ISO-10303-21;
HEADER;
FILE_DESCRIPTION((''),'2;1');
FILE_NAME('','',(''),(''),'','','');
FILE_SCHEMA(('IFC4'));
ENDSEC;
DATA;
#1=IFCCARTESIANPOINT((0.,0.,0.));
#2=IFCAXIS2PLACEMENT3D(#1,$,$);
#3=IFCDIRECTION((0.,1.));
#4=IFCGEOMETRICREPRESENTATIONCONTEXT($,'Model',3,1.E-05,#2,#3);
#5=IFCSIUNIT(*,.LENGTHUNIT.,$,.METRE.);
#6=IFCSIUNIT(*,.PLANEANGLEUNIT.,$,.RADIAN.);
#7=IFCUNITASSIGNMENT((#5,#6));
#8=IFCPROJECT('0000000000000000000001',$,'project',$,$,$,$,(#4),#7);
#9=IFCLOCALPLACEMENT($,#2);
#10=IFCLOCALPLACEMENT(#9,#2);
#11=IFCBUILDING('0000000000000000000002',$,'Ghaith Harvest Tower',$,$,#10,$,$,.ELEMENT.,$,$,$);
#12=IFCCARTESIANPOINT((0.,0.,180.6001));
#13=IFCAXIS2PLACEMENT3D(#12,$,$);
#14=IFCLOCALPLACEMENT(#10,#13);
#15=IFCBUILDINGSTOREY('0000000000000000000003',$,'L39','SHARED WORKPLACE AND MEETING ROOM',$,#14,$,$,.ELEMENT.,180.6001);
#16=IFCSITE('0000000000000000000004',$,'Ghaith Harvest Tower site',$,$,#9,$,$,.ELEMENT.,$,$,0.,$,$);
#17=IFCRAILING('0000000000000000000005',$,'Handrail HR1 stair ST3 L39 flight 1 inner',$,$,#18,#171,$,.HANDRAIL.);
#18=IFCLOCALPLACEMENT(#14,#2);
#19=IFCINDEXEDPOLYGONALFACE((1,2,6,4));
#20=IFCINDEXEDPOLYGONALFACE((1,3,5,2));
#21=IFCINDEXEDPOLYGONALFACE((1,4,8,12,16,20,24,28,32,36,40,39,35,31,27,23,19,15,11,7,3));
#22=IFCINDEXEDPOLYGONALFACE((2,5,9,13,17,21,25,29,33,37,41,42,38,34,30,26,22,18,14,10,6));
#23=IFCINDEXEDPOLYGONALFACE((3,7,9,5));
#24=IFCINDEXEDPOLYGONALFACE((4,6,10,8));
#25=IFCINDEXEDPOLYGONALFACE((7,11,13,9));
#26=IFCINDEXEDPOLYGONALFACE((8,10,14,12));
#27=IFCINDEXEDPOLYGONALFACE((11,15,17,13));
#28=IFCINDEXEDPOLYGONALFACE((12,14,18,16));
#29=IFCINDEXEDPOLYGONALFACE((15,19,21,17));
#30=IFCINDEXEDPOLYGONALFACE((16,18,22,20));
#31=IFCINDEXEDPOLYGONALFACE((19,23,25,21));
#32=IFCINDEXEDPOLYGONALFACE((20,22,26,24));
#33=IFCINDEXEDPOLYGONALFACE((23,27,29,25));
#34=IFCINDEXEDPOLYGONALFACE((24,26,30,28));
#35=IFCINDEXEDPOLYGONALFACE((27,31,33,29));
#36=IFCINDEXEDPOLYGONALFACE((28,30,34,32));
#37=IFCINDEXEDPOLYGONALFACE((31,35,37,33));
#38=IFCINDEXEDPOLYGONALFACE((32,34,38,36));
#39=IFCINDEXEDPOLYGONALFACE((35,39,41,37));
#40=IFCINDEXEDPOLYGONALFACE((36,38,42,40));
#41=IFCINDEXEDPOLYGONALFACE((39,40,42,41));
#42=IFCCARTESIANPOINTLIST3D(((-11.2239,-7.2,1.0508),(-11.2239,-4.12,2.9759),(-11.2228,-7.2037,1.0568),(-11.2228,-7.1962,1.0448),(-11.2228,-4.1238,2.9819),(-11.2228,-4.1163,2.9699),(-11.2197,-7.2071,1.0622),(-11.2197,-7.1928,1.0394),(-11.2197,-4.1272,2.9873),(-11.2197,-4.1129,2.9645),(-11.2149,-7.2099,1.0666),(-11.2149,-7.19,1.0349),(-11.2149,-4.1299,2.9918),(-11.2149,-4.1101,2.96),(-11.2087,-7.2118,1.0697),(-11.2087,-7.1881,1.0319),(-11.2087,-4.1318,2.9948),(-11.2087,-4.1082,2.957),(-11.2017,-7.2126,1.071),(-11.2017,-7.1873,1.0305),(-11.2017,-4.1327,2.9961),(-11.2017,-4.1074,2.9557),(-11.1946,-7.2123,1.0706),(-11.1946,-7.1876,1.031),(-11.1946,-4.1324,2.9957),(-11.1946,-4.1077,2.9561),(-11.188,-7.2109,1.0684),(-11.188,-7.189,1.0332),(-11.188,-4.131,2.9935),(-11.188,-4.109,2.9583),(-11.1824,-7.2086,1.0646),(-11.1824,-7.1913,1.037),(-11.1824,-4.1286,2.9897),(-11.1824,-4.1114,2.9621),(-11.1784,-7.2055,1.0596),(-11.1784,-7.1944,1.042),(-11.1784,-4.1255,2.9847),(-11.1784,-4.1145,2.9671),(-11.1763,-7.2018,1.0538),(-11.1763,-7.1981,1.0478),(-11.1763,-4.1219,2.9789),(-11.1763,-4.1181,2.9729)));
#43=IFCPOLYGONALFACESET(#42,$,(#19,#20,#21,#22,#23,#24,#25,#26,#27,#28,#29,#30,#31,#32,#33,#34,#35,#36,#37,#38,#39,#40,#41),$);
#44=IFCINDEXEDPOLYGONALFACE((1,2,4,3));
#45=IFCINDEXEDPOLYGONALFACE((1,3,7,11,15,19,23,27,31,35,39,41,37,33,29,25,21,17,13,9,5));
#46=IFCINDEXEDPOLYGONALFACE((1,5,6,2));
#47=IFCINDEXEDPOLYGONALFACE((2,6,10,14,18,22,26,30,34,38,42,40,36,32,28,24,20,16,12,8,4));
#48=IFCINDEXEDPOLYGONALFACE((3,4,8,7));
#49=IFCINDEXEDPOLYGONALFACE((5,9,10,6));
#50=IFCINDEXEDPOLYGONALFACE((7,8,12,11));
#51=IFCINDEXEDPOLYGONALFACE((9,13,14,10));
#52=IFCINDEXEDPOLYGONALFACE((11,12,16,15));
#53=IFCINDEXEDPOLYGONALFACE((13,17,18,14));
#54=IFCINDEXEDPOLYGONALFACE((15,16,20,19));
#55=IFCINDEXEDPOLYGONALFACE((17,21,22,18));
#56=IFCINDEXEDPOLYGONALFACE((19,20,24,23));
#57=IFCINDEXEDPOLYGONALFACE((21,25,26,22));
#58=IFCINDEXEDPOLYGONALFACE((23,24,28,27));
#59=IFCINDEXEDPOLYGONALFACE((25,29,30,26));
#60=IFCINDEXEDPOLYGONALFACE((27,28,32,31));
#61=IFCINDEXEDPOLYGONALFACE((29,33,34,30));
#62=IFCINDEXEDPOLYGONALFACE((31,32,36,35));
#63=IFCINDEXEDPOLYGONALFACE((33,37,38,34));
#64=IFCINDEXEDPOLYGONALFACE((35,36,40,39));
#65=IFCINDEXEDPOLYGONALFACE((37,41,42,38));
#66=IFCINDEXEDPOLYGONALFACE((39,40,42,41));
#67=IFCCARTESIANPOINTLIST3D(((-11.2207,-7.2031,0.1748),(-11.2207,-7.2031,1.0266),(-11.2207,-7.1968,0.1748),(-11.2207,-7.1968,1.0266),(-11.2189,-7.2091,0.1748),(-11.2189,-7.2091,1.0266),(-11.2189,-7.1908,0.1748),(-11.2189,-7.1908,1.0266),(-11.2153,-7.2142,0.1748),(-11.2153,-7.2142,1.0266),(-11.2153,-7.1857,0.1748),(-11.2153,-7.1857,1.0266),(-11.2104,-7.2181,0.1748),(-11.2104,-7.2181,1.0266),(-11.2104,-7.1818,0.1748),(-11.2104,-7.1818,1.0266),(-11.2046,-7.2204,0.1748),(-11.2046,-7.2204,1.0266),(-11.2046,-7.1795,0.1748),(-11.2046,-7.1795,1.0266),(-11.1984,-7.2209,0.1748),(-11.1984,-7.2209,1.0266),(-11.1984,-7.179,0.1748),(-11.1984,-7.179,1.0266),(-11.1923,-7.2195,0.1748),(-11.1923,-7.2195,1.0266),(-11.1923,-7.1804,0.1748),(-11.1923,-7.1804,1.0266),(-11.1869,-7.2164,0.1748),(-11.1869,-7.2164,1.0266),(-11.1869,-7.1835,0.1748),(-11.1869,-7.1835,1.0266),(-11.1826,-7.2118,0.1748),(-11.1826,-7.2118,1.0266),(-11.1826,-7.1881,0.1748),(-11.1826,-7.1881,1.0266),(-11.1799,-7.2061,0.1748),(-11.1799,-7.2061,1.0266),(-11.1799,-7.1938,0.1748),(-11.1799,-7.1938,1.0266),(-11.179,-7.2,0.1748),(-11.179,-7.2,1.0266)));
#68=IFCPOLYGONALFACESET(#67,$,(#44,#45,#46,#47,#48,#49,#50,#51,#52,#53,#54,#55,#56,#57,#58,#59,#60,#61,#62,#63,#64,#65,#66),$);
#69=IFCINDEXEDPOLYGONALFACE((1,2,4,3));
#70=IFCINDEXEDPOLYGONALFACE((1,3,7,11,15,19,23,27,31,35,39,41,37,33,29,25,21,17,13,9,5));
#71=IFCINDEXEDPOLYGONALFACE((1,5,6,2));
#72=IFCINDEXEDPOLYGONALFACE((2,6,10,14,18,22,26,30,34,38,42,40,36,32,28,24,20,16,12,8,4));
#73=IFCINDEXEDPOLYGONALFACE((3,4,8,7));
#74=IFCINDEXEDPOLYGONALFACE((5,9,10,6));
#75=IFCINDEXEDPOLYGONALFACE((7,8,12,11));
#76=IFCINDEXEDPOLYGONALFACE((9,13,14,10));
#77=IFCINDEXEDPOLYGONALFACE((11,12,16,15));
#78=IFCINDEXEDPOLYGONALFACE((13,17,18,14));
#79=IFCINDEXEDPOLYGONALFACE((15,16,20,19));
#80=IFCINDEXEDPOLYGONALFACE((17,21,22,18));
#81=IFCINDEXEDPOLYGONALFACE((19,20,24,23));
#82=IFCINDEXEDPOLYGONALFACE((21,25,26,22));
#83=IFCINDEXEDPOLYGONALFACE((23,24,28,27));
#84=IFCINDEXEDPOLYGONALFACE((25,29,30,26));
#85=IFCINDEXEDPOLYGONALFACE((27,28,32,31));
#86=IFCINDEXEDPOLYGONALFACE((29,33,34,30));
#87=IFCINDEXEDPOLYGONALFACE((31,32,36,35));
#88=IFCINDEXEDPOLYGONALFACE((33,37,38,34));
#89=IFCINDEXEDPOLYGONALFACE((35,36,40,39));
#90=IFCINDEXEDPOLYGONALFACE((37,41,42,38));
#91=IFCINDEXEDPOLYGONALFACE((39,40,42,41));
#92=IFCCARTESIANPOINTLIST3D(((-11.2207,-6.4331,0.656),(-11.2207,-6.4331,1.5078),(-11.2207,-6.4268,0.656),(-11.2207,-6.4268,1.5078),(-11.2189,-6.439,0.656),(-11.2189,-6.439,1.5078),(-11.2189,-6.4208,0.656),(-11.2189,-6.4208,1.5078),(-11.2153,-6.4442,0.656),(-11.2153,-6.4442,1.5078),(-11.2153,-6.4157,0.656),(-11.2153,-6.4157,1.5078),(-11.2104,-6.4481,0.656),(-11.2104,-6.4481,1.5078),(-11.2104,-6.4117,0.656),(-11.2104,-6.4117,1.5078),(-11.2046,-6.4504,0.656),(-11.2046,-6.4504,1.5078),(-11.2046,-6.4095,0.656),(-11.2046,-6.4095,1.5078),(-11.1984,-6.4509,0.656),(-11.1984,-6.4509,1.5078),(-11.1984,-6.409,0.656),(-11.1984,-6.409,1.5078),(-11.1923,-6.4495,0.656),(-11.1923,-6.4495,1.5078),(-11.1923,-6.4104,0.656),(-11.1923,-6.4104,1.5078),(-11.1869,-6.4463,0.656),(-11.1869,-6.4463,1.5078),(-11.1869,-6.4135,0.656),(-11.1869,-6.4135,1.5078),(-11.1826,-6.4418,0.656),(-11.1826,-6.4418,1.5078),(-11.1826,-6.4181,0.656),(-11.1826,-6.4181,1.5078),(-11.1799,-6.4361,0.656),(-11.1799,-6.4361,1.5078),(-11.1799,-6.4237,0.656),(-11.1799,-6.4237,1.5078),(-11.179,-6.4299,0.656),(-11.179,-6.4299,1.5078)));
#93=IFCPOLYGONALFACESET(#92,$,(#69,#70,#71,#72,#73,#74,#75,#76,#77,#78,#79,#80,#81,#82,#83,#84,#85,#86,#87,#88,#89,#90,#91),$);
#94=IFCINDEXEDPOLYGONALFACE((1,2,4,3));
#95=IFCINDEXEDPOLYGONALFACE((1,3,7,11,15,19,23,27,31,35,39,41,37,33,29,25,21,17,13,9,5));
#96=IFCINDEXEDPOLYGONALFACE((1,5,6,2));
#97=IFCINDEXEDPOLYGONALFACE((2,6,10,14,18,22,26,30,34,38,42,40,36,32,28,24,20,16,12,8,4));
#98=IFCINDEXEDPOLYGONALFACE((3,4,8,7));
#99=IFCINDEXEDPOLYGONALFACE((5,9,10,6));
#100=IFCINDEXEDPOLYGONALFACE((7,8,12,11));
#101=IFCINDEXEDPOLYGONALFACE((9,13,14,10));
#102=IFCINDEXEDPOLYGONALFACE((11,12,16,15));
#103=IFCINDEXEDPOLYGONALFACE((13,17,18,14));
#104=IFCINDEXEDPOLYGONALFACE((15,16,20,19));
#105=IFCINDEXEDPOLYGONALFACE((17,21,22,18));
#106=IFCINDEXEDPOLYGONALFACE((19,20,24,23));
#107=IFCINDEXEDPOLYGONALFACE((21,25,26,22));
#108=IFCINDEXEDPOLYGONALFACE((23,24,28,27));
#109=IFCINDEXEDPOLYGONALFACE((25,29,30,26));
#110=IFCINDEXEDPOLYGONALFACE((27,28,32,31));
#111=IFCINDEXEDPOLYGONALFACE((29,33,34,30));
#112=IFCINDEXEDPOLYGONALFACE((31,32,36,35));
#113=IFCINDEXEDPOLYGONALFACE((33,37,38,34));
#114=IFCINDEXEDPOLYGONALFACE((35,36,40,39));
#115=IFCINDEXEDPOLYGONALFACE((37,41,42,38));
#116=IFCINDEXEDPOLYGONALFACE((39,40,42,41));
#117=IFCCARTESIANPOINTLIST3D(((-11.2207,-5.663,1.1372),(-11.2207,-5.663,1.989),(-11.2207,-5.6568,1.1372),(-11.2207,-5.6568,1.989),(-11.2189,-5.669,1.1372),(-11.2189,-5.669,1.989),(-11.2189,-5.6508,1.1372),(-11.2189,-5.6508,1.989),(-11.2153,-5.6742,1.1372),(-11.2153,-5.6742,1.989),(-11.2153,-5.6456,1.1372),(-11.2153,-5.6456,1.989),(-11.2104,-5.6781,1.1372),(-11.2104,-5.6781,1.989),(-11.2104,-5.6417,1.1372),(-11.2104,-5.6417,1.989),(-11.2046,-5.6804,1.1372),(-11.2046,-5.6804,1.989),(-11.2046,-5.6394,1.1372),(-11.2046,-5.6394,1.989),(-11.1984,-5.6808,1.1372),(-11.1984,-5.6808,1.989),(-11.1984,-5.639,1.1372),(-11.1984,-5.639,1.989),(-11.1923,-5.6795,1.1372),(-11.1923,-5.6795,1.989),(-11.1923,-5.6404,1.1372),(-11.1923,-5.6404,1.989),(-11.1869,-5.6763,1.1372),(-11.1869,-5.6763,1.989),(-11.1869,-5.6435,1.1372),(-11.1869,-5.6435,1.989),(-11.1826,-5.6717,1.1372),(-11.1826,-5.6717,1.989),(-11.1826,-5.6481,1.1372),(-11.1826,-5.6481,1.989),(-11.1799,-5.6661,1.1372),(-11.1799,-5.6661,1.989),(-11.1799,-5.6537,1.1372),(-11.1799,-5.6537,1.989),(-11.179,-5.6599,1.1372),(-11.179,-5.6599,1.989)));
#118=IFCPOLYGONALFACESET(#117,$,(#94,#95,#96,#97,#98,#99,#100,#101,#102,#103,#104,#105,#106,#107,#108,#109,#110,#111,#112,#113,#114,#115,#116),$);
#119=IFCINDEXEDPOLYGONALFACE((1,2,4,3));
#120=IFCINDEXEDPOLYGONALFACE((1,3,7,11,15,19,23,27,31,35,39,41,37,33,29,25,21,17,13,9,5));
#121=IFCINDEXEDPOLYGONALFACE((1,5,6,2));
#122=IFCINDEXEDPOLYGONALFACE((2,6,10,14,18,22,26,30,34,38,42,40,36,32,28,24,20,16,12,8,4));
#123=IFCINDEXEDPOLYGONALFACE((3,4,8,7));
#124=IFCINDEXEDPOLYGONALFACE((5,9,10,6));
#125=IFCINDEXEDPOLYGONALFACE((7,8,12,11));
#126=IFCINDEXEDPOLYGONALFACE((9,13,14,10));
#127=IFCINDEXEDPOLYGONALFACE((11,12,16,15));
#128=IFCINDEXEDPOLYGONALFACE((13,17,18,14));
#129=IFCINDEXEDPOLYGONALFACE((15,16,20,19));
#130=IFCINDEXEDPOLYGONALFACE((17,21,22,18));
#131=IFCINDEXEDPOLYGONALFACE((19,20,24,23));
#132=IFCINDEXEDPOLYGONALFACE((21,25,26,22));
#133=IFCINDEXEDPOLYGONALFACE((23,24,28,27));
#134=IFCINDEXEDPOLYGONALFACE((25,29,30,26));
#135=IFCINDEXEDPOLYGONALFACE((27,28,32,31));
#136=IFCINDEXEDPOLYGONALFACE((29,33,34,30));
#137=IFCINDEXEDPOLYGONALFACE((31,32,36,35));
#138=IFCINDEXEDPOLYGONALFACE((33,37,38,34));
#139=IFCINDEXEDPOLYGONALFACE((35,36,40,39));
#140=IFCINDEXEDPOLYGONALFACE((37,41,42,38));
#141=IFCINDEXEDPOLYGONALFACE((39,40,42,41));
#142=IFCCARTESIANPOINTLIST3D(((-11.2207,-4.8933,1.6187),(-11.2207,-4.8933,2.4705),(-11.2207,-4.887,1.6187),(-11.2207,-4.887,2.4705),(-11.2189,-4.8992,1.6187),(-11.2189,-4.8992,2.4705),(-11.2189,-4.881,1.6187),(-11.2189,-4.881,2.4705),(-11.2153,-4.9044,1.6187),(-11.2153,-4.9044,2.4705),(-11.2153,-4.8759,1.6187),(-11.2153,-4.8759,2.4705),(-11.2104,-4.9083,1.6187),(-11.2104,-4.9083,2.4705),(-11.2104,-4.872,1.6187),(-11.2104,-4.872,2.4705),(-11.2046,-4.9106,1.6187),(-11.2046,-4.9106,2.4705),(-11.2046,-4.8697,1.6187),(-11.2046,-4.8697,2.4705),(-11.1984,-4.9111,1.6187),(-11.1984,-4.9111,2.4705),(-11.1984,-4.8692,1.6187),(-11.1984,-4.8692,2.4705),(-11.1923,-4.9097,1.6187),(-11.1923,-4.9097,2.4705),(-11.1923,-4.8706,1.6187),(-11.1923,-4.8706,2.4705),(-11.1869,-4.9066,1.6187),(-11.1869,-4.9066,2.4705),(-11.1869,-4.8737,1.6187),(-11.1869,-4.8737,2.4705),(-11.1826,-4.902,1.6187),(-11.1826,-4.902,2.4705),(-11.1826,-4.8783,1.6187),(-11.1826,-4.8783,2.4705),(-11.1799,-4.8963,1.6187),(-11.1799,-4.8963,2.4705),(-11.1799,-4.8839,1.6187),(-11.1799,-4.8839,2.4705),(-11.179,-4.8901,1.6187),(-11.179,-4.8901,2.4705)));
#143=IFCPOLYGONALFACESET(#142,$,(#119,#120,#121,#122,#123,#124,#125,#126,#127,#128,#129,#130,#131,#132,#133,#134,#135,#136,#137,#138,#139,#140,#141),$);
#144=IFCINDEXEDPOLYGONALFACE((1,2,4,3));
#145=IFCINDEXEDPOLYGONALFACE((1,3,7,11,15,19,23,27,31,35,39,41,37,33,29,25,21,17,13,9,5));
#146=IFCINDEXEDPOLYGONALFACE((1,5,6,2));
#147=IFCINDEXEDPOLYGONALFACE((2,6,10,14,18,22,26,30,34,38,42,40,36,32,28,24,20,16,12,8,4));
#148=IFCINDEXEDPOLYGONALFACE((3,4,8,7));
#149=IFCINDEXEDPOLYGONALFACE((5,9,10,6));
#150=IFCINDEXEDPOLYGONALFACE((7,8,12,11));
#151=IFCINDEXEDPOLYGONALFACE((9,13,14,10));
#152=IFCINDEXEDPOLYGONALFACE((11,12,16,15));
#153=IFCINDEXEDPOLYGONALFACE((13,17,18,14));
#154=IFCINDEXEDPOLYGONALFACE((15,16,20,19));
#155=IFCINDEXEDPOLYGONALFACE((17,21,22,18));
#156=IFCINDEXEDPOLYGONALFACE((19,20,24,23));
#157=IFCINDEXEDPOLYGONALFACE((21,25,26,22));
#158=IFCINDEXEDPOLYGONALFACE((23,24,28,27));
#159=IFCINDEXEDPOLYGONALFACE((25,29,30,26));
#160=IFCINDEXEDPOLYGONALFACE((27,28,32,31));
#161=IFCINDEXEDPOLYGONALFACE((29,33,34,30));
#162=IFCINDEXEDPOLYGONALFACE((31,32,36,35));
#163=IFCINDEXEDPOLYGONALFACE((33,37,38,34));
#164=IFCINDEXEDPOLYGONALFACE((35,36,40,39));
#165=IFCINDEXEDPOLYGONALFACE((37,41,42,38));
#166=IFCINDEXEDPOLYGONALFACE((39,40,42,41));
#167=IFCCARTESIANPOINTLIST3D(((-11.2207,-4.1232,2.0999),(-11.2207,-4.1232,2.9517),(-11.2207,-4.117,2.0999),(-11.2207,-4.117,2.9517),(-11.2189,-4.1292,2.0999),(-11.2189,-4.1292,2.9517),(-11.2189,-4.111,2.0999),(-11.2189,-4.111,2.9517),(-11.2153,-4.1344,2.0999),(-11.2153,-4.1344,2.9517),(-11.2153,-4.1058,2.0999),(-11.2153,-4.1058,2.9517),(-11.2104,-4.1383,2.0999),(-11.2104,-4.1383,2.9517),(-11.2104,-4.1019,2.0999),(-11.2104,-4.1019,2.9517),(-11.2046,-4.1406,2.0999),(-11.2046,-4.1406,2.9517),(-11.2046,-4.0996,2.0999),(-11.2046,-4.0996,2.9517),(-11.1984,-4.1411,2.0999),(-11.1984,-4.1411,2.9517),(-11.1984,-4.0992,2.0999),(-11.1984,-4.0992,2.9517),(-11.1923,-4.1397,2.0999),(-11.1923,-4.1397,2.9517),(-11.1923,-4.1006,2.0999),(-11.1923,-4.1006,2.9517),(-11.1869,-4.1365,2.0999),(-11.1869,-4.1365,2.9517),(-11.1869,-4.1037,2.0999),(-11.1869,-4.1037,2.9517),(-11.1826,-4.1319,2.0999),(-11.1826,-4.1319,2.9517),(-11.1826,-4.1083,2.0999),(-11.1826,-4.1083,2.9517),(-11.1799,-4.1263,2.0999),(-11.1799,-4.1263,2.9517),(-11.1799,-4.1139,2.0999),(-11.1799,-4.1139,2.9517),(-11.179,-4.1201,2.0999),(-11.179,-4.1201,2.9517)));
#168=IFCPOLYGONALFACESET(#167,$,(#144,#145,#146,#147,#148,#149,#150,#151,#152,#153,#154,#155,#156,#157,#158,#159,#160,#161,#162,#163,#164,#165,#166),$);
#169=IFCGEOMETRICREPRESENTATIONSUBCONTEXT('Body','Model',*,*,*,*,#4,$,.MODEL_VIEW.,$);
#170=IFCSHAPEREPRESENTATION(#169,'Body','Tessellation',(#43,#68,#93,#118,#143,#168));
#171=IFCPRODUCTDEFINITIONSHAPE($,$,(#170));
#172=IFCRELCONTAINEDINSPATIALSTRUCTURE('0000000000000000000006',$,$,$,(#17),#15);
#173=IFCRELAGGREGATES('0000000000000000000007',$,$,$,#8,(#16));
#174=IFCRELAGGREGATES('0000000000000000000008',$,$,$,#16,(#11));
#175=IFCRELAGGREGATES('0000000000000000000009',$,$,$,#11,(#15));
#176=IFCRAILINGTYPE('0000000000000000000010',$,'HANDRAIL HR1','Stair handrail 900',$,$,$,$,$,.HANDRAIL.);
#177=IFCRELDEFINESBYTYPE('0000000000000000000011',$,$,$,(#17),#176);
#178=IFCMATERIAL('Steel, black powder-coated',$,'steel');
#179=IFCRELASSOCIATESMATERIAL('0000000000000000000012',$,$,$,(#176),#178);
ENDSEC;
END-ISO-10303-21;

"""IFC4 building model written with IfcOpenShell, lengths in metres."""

from ifc_helpers import new_model, si_unit, direction, frame, origin, origin_2d, place, context, subcontext, project, spatial, circle, extrude, material, type_object, element, save


model = new_model("IFC4")

# Units and contexts
model_context = context("Model", 3, precision=1e-05, world=origin(), true_north=direction((0.0, 1.0)))
body_context = subcontext(model_context, "Body", "Model", "MODEL_VIEW")
ifc_project = project(units=[si_unit("LENGTHUNIT", "METRE"), si_unit("PLANEANGLEUNIT", "RADIAN")], contexts=[model_context])

# Site, building, storey
site_placement = place(None, origin())
site = spatial("IfcSite", under=ifc_project, at=site_placement, Name="Ghaith Harvest Tower site", CompositionType="ELEMENT", RefElevation=0.0)
building_placement = place(site_placement, origin())
building = spatial("IfcBuilding", under=site, at=building_placement, Name="Ghaith Harvest Tower", CompositionType="ELEMENT")
storey_placement = place(building_placement, frame((0.0, 0.0, 180.6001)))
storey = spatial("IfcBuildingStorey", under=building, at=storey_placement, Name="L39", Description="SHARED WORKPLACE AND MEETING ROOM", CompositionType="ELEMENT", Elevation=180.6001)

# Railing
ifc_material_1 = material(Name="Steel, black powder-coated", Category="steel")
railing_type = type_object("IfcRailingType", Name="HANDRAIL HR1", Description="Stair handrail 900", PredefinedType="HANDRAIL", material=ifc_material_1)
railing_1_placement = place(storey_placement, frame((-11.2, -7.2, 0.1748)))
element("IfcRailing", 1, at=railing_1_placement, inside=storey, type_object=railing_type, Name="Handrail HR1 stair ST3 L39 flight 1 inner", PredefinedType="HANDRAIL", context=body_context, shape_type="SweptSolid", body=[
    extrude(circle(Radius=0.0239, at=origin_2d()), frame((0.0, 0.0, 0.876), z_axis=(0.0, 0.847979, 0.530029), x_axis=(-1.0, 0.0, 0.0)), (0.0, 0.0, 1.0), 3.6321),
    extrude(circle(Radius=0.021, at=origin_2d()), origin(), (0.0, 0.0, 1.0), 0.8518),
    extrude(circle(Radius=0.021, at=origin_2d()), frame((0.0, 0.77, 0.4812)), (0.0, 0.0, 1.0), 0.8518),
    extrude(circle(Radius=0.021, at=origin_2d()), frame((0.0, 1.54, 0.9624)), (0.0, 0.0, 1.0), 0.8518),
    extrude(circle(Radius=0.021, at=origin_2d()), frame((0.0, 2.3098, 1.4438)), (0.0, 0.0, 1.0), 0.8518),
    extrude(circle(Radius=0.021, at=origin_2d()), frame((0.0, 3.0798, 1.925)), (0.0, 0.0, 1.0), 0.8518),
])

save(model, "model.ifc")
